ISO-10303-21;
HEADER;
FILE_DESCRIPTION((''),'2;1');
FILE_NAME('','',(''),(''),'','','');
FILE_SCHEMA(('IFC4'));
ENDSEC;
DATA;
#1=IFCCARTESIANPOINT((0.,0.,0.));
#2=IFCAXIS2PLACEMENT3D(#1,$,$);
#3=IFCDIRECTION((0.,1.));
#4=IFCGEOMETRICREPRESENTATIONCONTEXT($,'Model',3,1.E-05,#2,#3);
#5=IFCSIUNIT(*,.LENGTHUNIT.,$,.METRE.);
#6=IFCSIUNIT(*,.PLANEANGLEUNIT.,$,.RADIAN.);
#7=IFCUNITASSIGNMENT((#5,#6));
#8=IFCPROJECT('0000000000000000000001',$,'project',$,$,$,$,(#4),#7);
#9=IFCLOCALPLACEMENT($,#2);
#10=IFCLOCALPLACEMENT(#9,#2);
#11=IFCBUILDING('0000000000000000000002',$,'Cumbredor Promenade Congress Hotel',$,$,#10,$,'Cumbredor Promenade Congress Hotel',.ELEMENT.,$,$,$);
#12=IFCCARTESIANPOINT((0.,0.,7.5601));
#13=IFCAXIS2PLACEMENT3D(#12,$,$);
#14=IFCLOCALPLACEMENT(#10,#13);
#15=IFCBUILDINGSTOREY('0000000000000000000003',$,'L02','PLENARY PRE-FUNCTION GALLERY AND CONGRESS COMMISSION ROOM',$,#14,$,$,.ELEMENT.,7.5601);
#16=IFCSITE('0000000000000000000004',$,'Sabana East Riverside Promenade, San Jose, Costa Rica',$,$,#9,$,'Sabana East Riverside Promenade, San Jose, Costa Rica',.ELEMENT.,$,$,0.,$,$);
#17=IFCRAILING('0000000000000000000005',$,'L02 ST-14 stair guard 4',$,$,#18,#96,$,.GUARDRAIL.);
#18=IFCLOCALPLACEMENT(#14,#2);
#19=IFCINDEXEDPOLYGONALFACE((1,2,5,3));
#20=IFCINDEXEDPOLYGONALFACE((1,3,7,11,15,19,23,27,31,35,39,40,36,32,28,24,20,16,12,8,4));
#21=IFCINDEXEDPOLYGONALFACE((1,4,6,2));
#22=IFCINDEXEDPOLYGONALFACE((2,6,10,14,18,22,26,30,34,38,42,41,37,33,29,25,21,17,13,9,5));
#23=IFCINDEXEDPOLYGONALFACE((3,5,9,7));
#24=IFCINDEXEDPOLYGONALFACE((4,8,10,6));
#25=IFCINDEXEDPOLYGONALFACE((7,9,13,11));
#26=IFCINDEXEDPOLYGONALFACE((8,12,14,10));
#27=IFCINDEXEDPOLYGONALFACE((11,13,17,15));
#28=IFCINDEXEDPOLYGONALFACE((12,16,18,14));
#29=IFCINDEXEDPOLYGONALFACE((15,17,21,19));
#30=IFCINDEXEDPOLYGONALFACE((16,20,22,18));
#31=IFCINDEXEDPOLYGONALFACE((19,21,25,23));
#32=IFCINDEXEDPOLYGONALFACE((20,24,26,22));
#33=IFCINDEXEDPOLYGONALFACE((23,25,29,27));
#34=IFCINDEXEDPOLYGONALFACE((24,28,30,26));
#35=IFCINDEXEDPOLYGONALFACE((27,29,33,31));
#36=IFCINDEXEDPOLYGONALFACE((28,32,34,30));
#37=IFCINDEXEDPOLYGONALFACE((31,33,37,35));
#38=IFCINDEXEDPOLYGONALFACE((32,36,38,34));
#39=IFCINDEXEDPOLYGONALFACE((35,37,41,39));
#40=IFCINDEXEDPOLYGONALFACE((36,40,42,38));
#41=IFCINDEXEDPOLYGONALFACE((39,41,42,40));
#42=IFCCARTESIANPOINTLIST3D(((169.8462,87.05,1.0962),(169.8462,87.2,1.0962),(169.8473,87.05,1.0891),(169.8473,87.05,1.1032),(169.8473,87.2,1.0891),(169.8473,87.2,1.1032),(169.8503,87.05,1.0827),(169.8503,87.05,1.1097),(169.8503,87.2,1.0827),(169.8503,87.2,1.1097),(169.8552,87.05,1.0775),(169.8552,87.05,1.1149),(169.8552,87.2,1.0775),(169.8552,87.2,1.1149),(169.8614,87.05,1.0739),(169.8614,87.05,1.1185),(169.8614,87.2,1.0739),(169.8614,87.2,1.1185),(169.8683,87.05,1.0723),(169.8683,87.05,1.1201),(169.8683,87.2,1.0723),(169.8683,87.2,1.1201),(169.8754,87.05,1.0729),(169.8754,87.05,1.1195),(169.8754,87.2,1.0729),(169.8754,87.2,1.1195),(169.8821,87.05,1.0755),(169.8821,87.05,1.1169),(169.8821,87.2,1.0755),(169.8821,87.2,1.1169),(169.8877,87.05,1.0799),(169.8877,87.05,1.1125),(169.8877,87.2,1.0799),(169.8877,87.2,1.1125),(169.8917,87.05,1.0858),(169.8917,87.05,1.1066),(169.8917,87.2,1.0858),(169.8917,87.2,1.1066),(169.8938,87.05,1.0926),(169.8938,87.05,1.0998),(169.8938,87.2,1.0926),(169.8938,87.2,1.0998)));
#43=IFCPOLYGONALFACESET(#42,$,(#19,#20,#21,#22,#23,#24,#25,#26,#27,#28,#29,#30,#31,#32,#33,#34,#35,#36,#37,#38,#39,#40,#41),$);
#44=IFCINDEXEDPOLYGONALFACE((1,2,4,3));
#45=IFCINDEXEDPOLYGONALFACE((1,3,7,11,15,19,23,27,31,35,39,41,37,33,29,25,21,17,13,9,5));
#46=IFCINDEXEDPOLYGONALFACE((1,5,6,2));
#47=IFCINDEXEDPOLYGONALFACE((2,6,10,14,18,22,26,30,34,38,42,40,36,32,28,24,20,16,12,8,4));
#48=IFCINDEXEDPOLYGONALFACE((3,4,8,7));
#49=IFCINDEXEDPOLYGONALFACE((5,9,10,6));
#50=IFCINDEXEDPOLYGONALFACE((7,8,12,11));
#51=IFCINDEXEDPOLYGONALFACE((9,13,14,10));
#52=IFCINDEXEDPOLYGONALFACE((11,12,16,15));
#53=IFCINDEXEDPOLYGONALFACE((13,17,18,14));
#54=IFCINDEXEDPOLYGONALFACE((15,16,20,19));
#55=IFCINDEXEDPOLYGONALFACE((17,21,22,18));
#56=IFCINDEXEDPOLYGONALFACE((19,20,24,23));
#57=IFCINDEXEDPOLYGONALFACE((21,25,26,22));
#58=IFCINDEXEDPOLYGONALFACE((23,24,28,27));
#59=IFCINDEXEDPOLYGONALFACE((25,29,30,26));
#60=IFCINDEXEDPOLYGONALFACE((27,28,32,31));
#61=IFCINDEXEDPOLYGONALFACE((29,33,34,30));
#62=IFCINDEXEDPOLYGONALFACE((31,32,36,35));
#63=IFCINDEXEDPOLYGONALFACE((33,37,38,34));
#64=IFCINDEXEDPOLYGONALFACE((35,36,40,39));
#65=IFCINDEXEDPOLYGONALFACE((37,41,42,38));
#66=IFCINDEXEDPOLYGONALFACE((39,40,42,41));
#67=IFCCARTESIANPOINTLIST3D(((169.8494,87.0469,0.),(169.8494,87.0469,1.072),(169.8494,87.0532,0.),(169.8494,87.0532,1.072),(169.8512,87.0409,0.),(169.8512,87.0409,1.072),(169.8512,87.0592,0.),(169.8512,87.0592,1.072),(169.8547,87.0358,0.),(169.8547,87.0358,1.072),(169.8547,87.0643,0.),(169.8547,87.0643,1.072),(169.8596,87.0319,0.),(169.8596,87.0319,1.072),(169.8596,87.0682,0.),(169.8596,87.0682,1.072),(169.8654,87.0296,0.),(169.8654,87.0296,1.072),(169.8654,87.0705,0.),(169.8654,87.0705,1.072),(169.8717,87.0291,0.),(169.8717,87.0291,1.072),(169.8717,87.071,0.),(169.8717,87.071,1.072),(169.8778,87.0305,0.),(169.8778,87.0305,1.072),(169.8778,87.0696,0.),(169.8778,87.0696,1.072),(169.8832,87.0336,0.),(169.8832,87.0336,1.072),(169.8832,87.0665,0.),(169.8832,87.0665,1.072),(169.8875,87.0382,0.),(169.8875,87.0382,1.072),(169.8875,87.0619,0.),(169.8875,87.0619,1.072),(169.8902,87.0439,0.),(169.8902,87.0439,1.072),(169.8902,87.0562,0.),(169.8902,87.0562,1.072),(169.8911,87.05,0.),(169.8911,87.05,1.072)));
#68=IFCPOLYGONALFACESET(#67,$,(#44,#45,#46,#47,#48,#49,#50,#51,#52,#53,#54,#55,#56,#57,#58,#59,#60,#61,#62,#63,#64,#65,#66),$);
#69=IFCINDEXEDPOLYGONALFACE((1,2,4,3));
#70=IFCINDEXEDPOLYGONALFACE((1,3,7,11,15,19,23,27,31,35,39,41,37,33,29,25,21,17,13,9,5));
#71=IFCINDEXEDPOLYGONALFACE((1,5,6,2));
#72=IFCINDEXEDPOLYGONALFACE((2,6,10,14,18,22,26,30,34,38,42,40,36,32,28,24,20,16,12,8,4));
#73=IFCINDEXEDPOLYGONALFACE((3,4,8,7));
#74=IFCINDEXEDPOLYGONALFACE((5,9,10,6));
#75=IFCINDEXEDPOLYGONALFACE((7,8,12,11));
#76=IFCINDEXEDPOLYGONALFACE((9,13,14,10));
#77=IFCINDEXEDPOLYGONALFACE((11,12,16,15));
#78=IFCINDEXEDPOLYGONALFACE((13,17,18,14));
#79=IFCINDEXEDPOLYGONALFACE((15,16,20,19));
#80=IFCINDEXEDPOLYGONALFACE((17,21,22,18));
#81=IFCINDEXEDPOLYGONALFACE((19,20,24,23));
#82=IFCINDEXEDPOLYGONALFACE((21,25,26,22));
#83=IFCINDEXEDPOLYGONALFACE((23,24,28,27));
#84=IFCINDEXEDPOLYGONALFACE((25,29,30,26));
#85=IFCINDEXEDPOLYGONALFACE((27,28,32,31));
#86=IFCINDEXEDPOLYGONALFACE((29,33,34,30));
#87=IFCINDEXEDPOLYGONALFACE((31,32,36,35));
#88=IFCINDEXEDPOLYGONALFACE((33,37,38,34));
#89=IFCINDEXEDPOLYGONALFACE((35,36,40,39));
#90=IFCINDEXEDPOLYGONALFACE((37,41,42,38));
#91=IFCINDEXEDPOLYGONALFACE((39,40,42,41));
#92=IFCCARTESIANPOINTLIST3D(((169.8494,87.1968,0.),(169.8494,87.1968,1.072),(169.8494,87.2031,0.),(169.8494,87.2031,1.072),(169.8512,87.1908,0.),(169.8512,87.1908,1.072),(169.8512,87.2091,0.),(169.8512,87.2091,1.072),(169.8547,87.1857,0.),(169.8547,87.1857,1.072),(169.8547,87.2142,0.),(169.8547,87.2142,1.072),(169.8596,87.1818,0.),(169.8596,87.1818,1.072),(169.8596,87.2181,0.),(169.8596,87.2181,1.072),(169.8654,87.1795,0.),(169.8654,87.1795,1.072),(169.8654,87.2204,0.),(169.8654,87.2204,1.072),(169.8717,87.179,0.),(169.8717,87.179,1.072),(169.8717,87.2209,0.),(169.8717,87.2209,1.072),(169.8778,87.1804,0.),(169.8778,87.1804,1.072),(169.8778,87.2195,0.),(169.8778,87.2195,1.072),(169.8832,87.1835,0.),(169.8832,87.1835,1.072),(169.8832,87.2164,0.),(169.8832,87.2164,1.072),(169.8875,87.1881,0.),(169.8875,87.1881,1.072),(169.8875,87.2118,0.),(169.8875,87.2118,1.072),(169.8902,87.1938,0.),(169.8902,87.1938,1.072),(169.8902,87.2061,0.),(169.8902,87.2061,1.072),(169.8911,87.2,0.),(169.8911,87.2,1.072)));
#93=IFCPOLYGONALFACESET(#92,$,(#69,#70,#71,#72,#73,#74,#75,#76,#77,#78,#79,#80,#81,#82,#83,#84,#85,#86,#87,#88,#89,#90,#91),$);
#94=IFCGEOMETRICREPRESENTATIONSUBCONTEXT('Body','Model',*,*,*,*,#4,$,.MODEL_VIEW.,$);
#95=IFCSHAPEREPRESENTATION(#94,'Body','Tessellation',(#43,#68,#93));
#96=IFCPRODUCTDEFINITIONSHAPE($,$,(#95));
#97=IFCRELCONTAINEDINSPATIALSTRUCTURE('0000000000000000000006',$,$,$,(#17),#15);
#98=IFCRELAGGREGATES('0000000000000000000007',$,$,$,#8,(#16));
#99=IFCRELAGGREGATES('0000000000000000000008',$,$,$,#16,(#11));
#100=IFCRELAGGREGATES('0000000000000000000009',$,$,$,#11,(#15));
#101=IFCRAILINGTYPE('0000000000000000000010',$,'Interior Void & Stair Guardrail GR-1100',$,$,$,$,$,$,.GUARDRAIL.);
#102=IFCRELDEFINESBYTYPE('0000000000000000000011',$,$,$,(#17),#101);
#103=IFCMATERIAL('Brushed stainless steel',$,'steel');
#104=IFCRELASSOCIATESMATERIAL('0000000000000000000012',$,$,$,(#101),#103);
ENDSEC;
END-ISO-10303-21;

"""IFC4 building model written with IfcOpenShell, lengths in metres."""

from ifc_helpers import new_model, si_unit, direction, frame, origin, origin_2d, place, context, subcontext, project, spatial, circle, extrude, material, type_object, element, save


model = new_model("IFC4")

# Units and contexts
model_context = context("Model", 3, precision=1e-05, world=origin(), true_north=direction((0.0, 1.0)))
body_context = subcontext(model_context, "Body", "Model", "MODEL_VIEW")
ifc_project = project(units=[si_unit("LENGTHUNIT", "METRE"), si_unit("PLANEANGLEUNIT", "RADIAN")], contexts=[model_context])

# Site, building, storey
site_placement = place(None, origin())
site = spatial("IfcSite", under=ifc_project, at=site_placement, Name="Sabana East Riverside Promenade, San Jose, Costa Rica", LongName="Sabana East Riverside Promenade, San Jose, Costa Rica", CompositionType="ELEMENT", RefElevation=0.0)
building_placement = place(site_placement, origin())
building = spatial("IfcBuilding", under=site, at=building_placement, Name="Cumbredor Promenade Congress Hotel", LongName="Cumbredor Promenade Congress Hotel", CompositionType="ELEMENT")
storey_placement = place(building_placement, frame((0.0, 0.0, 7.5601)))
storey = spatial("IfcBuildingStorey", under=building, at=storey_placement, Name="L02", Description="PLENARY PRE-FUNCTION GALLERY AND CONGRESS COMMISSION ROOM", CompositionType="ELEMENT", Elevation=7.5601)

# Railing
ifc_material_1 = material(Name="Brushed stainless steel", Category="steel")
railing_type_1 = type_object("IfcRailingType", Name="Interior Void & Stair Guardrail GR-1100", PredefinedType="GUARDRAIL", material=ifc_material_1)
railing_1_placement = place(storey_placement, frame((169.8701, 87.05, 0.0)))
element("IfcRailing", 1, at=railing_1_placement, inside=storey, type_object=railing_type_1, Name="L02 ST-14 stair guard 4", PredefinedType="GUARDRAIL", context=body_context, shape_type="SweptSolid", body=[
    extrude(circle(Radius=0.0239, at=origin_2d()), frame((0.0, 0.0, 1.0962), z_axis=(0.0, 1.0, 0.0), x_axis=(-1.0, 0.0, 0.0)), (0.0, 0.0, 1.0), 0.1499),
    extrude(circle(Radius=0.021, at=origin_2d()), origin(), (0.0, 0.0, 1.0), 1.072),
    extrude(circle(Radius=0.021, at=origin_2d()), frame((0.0, 0.1499, 0.0)), (0.0, 0.0, 1.0), 1.072),
])

save(model, "model.ifc")
